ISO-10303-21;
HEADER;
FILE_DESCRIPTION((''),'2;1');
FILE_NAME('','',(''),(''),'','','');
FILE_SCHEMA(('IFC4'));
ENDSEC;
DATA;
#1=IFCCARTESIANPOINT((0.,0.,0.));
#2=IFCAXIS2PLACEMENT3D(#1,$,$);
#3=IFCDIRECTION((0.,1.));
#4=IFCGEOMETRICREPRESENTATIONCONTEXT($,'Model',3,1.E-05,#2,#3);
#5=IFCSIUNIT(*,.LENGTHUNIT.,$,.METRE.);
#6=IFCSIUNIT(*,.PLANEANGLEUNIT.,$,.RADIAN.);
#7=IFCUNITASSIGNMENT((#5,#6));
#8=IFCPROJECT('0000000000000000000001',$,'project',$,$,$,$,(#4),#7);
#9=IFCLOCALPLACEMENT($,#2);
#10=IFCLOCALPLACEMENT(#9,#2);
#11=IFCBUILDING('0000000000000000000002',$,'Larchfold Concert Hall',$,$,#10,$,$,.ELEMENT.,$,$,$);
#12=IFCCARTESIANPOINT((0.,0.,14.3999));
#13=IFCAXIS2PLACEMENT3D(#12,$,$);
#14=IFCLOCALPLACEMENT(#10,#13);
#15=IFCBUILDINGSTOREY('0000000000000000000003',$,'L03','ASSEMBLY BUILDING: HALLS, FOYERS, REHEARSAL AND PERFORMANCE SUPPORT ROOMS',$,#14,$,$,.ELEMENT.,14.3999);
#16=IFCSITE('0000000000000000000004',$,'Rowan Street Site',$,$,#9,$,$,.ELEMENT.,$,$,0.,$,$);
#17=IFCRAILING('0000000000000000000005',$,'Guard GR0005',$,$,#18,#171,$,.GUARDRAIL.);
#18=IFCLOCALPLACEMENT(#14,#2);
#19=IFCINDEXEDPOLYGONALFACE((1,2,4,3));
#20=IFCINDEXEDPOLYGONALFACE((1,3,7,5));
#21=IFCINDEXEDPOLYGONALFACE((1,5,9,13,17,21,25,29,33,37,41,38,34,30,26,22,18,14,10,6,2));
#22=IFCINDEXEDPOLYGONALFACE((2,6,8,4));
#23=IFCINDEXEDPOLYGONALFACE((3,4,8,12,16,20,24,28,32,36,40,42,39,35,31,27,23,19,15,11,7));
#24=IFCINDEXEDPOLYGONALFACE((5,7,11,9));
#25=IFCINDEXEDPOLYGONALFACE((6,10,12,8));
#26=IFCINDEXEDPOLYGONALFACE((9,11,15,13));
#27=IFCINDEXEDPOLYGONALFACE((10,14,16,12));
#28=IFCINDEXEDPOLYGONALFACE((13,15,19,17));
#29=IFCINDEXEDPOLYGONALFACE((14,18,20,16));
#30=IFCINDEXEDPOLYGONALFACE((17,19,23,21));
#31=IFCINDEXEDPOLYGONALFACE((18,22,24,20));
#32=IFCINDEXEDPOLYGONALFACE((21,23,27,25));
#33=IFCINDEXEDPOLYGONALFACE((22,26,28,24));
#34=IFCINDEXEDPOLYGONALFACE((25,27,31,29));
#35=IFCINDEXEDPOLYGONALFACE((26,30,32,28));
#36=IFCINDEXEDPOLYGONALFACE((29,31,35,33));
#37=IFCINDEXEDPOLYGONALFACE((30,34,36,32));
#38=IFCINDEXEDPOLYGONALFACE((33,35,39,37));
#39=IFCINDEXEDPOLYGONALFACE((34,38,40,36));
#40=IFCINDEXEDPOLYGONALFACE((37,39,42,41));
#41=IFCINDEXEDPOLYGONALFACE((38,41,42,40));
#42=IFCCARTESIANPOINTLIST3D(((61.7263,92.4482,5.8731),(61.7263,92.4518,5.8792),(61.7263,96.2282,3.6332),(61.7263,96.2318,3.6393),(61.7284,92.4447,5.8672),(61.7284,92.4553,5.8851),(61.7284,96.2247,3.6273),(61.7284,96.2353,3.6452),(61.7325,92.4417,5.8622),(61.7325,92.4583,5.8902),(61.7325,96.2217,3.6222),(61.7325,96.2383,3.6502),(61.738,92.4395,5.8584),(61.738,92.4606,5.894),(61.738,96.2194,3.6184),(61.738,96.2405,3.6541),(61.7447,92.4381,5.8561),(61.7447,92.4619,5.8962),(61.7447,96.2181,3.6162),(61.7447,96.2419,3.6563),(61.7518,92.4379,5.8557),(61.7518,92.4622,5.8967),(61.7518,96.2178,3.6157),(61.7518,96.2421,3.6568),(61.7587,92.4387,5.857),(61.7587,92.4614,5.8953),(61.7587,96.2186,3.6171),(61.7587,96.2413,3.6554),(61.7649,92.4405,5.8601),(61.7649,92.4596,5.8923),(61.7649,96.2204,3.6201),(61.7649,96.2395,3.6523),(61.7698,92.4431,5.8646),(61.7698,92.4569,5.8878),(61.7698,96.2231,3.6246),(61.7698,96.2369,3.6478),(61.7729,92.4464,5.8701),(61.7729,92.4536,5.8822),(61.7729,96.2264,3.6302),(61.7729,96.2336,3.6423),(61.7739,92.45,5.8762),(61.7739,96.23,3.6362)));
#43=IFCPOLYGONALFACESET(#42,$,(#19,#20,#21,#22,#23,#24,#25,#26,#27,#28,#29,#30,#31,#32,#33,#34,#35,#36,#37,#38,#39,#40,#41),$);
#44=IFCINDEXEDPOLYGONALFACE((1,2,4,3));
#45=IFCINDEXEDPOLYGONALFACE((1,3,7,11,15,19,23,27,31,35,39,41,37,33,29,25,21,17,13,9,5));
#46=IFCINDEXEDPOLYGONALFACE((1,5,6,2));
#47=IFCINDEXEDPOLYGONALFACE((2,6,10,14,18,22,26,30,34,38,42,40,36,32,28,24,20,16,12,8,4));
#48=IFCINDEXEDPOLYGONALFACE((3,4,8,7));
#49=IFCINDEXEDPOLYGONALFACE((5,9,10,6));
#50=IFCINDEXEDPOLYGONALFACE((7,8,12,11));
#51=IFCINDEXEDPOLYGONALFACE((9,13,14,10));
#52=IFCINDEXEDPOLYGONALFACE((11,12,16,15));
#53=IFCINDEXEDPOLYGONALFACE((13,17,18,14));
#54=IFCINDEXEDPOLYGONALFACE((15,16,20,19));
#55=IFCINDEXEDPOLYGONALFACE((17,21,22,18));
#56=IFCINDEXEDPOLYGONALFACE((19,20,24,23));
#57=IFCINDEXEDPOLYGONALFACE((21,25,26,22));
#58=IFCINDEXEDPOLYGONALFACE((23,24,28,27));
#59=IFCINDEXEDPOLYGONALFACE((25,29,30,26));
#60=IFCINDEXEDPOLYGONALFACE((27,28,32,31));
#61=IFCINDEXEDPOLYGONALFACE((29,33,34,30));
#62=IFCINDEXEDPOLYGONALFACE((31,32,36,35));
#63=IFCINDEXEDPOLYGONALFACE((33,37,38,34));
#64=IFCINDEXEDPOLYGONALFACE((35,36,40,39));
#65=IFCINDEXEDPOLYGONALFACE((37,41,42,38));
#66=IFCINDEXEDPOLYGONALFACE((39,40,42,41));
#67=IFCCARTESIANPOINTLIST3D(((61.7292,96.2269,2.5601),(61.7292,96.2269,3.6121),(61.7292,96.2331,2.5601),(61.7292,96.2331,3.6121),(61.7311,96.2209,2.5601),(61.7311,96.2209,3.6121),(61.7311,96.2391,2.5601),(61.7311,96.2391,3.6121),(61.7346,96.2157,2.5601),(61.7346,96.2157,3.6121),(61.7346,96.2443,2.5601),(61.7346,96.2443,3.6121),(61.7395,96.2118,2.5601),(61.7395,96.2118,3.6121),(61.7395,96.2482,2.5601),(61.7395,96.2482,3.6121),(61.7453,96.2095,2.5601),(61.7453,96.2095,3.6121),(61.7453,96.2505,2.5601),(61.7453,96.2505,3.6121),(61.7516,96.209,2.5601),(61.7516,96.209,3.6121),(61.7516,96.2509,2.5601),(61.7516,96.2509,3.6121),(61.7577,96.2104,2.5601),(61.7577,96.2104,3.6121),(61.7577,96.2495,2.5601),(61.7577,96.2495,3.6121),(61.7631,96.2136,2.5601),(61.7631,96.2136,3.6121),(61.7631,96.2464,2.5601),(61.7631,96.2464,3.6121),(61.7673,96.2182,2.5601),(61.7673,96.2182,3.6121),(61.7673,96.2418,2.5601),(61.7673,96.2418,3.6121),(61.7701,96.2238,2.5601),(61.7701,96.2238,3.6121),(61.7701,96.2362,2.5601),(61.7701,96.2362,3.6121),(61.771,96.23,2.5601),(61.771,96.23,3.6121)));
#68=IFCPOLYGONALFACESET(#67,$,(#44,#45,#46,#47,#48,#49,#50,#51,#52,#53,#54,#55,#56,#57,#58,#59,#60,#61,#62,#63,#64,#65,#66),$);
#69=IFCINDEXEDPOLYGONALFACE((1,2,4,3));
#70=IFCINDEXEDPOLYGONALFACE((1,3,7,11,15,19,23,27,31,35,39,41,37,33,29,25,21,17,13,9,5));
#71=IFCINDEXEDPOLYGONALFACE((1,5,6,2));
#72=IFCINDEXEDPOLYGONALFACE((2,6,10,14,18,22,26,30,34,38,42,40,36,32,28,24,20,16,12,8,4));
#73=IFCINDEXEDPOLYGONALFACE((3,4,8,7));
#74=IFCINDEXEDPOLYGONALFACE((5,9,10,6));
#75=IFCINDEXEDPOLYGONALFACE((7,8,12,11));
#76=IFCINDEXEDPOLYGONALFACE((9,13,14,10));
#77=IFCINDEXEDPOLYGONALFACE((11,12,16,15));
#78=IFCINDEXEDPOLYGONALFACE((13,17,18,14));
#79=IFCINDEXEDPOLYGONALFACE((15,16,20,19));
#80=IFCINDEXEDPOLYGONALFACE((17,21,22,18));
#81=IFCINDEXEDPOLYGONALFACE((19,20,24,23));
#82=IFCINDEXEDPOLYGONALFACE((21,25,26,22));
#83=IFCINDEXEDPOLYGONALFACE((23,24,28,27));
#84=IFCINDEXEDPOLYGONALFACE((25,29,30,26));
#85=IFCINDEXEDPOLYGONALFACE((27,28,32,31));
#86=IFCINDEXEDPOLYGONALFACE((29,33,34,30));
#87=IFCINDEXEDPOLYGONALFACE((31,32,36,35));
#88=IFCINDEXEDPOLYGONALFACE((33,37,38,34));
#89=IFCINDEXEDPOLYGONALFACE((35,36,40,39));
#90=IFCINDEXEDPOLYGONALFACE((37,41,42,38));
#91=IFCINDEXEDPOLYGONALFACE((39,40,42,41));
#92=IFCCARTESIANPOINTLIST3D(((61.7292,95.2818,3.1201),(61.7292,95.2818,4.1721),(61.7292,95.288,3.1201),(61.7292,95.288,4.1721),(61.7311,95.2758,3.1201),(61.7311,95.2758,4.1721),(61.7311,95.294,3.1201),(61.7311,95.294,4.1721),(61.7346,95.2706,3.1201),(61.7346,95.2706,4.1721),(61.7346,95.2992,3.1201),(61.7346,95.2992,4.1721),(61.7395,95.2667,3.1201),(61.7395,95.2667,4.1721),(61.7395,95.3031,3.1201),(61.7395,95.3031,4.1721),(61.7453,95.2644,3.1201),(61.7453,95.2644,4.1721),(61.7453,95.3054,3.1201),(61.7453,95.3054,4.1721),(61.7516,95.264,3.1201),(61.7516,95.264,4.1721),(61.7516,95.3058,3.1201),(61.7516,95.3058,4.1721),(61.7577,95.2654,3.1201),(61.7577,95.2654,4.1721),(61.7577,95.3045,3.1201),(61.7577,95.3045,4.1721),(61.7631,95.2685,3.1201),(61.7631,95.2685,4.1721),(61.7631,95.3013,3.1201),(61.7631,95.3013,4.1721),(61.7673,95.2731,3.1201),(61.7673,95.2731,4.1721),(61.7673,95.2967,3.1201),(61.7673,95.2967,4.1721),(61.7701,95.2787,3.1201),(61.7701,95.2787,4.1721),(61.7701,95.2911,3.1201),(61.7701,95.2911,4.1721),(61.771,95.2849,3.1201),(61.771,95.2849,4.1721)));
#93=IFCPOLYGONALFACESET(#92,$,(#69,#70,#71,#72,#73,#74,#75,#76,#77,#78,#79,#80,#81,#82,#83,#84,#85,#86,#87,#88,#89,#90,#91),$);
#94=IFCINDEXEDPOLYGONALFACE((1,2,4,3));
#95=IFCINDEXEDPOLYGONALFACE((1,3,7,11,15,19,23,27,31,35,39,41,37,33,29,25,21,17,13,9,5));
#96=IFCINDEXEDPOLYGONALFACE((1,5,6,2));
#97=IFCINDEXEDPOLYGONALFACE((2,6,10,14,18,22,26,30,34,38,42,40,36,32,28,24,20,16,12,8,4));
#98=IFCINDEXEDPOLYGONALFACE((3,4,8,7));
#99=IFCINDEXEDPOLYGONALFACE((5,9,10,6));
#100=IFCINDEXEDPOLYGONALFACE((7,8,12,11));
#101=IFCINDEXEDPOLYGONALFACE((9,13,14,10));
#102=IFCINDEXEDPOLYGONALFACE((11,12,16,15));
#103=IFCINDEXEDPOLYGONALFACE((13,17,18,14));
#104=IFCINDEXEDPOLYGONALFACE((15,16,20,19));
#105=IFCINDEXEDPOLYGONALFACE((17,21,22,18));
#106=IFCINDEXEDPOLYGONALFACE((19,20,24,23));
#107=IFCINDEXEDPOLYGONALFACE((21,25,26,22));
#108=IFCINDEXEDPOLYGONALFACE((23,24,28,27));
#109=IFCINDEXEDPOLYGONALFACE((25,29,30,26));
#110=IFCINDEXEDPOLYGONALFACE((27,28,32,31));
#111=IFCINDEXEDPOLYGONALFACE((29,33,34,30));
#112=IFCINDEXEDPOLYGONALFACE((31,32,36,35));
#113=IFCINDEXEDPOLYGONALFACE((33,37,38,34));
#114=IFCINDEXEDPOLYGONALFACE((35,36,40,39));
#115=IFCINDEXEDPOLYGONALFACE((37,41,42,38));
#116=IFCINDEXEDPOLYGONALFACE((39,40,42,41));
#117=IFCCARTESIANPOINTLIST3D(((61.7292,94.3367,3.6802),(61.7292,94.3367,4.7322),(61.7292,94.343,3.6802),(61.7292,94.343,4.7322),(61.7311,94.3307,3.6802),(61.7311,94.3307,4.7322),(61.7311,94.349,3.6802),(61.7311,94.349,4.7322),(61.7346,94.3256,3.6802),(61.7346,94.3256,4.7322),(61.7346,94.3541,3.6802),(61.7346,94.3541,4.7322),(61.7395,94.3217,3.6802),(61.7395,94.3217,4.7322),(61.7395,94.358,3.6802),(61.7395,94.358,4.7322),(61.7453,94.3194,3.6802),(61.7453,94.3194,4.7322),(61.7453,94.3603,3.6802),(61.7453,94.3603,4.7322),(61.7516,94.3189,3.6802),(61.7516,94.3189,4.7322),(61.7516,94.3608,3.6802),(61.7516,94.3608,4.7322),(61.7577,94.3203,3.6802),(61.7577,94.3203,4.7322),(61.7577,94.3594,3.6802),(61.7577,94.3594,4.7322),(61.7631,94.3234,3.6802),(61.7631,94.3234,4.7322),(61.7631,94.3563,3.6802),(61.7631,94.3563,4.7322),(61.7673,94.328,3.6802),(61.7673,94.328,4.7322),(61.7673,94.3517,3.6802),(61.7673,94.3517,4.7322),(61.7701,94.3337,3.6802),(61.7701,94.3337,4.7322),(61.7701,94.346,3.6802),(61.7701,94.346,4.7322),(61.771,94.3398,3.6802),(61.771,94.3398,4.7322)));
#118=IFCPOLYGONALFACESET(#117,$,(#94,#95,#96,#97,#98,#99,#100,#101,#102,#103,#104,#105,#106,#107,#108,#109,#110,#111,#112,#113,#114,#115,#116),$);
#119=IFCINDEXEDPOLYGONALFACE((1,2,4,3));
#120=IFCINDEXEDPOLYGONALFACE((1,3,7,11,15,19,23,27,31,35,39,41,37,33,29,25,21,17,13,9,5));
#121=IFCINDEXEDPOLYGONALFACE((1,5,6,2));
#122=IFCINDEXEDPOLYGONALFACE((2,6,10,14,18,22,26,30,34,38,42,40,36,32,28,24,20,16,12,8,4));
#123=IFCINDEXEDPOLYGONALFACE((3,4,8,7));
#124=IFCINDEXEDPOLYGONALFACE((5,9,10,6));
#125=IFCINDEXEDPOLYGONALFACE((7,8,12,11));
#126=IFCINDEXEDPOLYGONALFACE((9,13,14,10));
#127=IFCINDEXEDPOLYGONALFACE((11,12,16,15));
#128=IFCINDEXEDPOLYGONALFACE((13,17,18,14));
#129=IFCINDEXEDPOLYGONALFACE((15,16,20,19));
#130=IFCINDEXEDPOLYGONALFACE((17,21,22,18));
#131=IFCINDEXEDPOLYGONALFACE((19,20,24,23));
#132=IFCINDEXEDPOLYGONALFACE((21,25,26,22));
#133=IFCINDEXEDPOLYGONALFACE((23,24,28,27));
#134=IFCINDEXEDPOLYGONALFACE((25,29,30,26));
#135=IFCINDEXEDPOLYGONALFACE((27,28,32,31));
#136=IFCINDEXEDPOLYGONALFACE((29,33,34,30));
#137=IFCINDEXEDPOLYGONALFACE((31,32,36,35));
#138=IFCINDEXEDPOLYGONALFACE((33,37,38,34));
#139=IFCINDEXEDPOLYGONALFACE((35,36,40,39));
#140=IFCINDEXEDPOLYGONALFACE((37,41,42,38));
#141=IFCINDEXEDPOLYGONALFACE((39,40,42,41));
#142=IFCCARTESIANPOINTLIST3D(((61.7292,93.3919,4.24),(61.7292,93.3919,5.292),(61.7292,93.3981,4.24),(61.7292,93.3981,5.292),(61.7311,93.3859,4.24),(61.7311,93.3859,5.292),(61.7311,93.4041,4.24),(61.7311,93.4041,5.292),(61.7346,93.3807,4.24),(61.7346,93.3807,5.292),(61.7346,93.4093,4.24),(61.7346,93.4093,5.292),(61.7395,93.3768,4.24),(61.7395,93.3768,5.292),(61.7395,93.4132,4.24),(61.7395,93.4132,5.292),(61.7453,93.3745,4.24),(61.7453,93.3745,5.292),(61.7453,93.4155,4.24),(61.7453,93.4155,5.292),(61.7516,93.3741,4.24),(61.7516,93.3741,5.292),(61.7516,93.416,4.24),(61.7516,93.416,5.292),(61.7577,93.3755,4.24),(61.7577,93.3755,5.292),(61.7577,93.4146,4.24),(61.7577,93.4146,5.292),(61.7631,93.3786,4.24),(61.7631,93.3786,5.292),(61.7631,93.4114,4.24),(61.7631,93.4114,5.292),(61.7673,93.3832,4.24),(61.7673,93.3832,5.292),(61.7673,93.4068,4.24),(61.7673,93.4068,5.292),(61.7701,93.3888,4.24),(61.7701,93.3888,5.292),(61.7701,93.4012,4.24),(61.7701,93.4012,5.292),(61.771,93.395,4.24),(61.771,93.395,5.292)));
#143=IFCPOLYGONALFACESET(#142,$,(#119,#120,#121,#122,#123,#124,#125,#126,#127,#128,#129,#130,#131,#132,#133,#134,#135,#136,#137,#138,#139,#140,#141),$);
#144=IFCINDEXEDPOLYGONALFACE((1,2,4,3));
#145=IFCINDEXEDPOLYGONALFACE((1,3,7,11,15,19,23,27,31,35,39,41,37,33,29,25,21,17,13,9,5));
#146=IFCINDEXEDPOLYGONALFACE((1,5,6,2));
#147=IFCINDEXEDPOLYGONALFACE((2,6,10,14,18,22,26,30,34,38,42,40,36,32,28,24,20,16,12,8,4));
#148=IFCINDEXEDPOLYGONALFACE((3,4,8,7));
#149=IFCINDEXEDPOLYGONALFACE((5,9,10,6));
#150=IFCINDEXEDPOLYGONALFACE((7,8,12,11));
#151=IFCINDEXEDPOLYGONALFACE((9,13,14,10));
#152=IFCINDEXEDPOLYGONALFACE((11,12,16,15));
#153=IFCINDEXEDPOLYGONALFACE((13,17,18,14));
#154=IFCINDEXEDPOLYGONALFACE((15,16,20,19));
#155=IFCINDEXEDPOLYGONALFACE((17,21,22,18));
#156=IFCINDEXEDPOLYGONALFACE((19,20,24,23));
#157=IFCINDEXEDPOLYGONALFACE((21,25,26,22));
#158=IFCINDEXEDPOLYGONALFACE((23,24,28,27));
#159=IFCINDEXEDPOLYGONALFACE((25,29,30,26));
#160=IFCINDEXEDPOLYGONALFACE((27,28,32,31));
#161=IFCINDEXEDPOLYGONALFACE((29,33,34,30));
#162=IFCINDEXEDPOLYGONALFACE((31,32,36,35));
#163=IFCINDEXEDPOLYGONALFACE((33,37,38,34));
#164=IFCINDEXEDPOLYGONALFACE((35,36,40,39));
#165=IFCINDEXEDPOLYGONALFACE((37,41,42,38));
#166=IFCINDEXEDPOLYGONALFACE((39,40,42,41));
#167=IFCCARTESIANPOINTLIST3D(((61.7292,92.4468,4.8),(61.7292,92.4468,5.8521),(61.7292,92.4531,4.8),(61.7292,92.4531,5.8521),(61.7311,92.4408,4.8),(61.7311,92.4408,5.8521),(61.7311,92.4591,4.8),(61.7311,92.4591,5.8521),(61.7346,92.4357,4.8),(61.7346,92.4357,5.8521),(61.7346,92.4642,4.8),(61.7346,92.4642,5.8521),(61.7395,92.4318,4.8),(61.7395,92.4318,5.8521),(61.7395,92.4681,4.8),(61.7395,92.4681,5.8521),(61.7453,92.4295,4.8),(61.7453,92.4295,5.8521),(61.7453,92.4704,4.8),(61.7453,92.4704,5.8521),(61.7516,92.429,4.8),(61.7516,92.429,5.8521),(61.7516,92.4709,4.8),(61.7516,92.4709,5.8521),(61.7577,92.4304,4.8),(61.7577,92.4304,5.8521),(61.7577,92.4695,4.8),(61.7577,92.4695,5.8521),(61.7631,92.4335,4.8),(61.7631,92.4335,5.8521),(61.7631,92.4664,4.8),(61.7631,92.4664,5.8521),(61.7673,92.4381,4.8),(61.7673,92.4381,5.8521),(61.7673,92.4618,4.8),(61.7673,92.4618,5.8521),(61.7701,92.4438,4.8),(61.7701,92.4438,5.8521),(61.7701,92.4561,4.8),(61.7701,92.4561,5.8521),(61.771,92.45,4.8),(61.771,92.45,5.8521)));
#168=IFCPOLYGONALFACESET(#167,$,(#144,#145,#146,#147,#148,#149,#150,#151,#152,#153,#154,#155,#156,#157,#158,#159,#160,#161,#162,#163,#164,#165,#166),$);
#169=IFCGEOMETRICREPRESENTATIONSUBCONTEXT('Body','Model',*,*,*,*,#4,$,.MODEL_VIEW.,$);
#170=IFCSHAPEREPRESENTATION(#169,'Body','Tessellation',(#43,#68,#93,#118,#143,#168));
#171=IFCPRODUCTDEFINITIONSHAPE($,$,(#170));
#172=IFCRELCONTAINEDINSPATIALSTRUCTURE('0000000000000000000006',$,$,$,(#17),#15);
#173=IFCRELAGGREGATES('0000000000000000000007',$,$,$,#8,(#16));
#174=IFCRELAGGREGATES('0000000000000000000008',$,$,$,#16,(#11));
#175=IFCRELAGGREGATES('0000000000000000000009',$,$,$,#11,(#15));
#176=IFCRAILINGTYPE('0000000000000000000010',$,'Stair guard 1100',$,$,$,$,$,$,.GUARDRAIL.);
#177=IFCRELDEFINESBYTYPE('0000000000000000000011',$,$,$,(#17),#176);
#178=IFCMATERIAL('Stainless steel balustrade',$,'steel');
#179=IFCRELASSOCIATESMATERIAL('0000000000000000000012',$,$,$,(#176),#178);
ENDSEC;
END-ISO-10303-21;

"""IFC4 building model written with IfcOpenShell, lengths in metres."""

from ifc_helpers import new_model, si_unit, direction, frame, origin, origin_2d, place, context, subcontext, project, spatial, circle, extrude, material, type_object, element, save


model = new_model("IFC4")

# Units and contexts
model_context = context("Model", 3, precision=1e-05, world=origin(), true_north=direction((0.0, 1.0)))
body_context = subcontext(model_context, "Body", "Model", "MODEL_VIEW")
ifc_project = project(units=[si_unit("LENGTHUNIT", "METRE"), si_unit("PLANEANGLEUNIT", "RADIAN")], contexts=[model_context])

# Site, building, storey
site_placement = place(None, origin())
site = spatial("IfcSite", under=ifc_project, at=site_placement, Name="Rowan Street Site", CompositionType="ELEMENT", RefElevation=0.0)
building_placement = place(site_placement, origin())
building = spatial("IfcBuilding", under=site, at=building_placement, Name="Larchfold Concert Hall", CompositionType="ELEMENT")
storey_placement = place(building_placement, frame((0.0, 0.0, 14.3999)))
storey = spatial("IfcBuildingStorey", under=building, at=storey_placement, Name="L03", Description="ASSEMBLY BUILDING: HALLS, FOYERS, REHEARSAL AND PERFORMANCE SUPPORT ROOMS", CompositionType="ELEMENT", Elevation=14.3999)

# Railing
ifc_material_1 = material(Name="Stainless steel balustrade", Category="steel")
railing_type_1 = type_object("IfcRailingType", Name="Stair guard 1100", PredefinedType="GUARDRAIL", material=ifc_material_1)
railing_1_placement = place(storey_placement, frame((61.75, 96.23, 2.5601)))
element("IfcRailing", 1, at=railing_1_placement, inside=storey, type_object=railing_type_1, Name="Guard GR0005", PredefinedType="GUARDRAIL", context=body_context, shape_type="SweptSolid", body=[
    extrude(circle(Radius=0.0239, at=origin_2d()), frame((0.0, 0.0, 1.0762), z_axis=(0.0, -0.860294, 0.509798), x_axis=(1.0, 0.0, 0.0)), (0.0, 0.0, 1.0), 4.3938),
    extrude(circle(Radius=0.021, at=origin_2d()), origin(), (0.0, 0.0, 1.0), 1.052),
    extrude(circle(Radius=0.021, at=origin_2d()), frame((0.0, -0.9451, 0.5601)), (0.0, 0.0, 1.0), 1.052),
    extrude(circle(Radius=0.021, at=origin_2d()), frame((0.0, -1.8901, 1.1201)), (0.0, 0.0, 1.0), 1.052),
    extrude(circle(Radius=0.021, at=origin_2d()), frame((0.0, -2.835, 1.6799)), (0.0, 0.0, 1.0), 1.052),
    extrude(circle(Radius=0.021, at=origin_2d()), frame((0.0, -3.78, 2.24)), (0.0, 0.0, 1.0), 1.052),
])

save(model, "model.ifc")
